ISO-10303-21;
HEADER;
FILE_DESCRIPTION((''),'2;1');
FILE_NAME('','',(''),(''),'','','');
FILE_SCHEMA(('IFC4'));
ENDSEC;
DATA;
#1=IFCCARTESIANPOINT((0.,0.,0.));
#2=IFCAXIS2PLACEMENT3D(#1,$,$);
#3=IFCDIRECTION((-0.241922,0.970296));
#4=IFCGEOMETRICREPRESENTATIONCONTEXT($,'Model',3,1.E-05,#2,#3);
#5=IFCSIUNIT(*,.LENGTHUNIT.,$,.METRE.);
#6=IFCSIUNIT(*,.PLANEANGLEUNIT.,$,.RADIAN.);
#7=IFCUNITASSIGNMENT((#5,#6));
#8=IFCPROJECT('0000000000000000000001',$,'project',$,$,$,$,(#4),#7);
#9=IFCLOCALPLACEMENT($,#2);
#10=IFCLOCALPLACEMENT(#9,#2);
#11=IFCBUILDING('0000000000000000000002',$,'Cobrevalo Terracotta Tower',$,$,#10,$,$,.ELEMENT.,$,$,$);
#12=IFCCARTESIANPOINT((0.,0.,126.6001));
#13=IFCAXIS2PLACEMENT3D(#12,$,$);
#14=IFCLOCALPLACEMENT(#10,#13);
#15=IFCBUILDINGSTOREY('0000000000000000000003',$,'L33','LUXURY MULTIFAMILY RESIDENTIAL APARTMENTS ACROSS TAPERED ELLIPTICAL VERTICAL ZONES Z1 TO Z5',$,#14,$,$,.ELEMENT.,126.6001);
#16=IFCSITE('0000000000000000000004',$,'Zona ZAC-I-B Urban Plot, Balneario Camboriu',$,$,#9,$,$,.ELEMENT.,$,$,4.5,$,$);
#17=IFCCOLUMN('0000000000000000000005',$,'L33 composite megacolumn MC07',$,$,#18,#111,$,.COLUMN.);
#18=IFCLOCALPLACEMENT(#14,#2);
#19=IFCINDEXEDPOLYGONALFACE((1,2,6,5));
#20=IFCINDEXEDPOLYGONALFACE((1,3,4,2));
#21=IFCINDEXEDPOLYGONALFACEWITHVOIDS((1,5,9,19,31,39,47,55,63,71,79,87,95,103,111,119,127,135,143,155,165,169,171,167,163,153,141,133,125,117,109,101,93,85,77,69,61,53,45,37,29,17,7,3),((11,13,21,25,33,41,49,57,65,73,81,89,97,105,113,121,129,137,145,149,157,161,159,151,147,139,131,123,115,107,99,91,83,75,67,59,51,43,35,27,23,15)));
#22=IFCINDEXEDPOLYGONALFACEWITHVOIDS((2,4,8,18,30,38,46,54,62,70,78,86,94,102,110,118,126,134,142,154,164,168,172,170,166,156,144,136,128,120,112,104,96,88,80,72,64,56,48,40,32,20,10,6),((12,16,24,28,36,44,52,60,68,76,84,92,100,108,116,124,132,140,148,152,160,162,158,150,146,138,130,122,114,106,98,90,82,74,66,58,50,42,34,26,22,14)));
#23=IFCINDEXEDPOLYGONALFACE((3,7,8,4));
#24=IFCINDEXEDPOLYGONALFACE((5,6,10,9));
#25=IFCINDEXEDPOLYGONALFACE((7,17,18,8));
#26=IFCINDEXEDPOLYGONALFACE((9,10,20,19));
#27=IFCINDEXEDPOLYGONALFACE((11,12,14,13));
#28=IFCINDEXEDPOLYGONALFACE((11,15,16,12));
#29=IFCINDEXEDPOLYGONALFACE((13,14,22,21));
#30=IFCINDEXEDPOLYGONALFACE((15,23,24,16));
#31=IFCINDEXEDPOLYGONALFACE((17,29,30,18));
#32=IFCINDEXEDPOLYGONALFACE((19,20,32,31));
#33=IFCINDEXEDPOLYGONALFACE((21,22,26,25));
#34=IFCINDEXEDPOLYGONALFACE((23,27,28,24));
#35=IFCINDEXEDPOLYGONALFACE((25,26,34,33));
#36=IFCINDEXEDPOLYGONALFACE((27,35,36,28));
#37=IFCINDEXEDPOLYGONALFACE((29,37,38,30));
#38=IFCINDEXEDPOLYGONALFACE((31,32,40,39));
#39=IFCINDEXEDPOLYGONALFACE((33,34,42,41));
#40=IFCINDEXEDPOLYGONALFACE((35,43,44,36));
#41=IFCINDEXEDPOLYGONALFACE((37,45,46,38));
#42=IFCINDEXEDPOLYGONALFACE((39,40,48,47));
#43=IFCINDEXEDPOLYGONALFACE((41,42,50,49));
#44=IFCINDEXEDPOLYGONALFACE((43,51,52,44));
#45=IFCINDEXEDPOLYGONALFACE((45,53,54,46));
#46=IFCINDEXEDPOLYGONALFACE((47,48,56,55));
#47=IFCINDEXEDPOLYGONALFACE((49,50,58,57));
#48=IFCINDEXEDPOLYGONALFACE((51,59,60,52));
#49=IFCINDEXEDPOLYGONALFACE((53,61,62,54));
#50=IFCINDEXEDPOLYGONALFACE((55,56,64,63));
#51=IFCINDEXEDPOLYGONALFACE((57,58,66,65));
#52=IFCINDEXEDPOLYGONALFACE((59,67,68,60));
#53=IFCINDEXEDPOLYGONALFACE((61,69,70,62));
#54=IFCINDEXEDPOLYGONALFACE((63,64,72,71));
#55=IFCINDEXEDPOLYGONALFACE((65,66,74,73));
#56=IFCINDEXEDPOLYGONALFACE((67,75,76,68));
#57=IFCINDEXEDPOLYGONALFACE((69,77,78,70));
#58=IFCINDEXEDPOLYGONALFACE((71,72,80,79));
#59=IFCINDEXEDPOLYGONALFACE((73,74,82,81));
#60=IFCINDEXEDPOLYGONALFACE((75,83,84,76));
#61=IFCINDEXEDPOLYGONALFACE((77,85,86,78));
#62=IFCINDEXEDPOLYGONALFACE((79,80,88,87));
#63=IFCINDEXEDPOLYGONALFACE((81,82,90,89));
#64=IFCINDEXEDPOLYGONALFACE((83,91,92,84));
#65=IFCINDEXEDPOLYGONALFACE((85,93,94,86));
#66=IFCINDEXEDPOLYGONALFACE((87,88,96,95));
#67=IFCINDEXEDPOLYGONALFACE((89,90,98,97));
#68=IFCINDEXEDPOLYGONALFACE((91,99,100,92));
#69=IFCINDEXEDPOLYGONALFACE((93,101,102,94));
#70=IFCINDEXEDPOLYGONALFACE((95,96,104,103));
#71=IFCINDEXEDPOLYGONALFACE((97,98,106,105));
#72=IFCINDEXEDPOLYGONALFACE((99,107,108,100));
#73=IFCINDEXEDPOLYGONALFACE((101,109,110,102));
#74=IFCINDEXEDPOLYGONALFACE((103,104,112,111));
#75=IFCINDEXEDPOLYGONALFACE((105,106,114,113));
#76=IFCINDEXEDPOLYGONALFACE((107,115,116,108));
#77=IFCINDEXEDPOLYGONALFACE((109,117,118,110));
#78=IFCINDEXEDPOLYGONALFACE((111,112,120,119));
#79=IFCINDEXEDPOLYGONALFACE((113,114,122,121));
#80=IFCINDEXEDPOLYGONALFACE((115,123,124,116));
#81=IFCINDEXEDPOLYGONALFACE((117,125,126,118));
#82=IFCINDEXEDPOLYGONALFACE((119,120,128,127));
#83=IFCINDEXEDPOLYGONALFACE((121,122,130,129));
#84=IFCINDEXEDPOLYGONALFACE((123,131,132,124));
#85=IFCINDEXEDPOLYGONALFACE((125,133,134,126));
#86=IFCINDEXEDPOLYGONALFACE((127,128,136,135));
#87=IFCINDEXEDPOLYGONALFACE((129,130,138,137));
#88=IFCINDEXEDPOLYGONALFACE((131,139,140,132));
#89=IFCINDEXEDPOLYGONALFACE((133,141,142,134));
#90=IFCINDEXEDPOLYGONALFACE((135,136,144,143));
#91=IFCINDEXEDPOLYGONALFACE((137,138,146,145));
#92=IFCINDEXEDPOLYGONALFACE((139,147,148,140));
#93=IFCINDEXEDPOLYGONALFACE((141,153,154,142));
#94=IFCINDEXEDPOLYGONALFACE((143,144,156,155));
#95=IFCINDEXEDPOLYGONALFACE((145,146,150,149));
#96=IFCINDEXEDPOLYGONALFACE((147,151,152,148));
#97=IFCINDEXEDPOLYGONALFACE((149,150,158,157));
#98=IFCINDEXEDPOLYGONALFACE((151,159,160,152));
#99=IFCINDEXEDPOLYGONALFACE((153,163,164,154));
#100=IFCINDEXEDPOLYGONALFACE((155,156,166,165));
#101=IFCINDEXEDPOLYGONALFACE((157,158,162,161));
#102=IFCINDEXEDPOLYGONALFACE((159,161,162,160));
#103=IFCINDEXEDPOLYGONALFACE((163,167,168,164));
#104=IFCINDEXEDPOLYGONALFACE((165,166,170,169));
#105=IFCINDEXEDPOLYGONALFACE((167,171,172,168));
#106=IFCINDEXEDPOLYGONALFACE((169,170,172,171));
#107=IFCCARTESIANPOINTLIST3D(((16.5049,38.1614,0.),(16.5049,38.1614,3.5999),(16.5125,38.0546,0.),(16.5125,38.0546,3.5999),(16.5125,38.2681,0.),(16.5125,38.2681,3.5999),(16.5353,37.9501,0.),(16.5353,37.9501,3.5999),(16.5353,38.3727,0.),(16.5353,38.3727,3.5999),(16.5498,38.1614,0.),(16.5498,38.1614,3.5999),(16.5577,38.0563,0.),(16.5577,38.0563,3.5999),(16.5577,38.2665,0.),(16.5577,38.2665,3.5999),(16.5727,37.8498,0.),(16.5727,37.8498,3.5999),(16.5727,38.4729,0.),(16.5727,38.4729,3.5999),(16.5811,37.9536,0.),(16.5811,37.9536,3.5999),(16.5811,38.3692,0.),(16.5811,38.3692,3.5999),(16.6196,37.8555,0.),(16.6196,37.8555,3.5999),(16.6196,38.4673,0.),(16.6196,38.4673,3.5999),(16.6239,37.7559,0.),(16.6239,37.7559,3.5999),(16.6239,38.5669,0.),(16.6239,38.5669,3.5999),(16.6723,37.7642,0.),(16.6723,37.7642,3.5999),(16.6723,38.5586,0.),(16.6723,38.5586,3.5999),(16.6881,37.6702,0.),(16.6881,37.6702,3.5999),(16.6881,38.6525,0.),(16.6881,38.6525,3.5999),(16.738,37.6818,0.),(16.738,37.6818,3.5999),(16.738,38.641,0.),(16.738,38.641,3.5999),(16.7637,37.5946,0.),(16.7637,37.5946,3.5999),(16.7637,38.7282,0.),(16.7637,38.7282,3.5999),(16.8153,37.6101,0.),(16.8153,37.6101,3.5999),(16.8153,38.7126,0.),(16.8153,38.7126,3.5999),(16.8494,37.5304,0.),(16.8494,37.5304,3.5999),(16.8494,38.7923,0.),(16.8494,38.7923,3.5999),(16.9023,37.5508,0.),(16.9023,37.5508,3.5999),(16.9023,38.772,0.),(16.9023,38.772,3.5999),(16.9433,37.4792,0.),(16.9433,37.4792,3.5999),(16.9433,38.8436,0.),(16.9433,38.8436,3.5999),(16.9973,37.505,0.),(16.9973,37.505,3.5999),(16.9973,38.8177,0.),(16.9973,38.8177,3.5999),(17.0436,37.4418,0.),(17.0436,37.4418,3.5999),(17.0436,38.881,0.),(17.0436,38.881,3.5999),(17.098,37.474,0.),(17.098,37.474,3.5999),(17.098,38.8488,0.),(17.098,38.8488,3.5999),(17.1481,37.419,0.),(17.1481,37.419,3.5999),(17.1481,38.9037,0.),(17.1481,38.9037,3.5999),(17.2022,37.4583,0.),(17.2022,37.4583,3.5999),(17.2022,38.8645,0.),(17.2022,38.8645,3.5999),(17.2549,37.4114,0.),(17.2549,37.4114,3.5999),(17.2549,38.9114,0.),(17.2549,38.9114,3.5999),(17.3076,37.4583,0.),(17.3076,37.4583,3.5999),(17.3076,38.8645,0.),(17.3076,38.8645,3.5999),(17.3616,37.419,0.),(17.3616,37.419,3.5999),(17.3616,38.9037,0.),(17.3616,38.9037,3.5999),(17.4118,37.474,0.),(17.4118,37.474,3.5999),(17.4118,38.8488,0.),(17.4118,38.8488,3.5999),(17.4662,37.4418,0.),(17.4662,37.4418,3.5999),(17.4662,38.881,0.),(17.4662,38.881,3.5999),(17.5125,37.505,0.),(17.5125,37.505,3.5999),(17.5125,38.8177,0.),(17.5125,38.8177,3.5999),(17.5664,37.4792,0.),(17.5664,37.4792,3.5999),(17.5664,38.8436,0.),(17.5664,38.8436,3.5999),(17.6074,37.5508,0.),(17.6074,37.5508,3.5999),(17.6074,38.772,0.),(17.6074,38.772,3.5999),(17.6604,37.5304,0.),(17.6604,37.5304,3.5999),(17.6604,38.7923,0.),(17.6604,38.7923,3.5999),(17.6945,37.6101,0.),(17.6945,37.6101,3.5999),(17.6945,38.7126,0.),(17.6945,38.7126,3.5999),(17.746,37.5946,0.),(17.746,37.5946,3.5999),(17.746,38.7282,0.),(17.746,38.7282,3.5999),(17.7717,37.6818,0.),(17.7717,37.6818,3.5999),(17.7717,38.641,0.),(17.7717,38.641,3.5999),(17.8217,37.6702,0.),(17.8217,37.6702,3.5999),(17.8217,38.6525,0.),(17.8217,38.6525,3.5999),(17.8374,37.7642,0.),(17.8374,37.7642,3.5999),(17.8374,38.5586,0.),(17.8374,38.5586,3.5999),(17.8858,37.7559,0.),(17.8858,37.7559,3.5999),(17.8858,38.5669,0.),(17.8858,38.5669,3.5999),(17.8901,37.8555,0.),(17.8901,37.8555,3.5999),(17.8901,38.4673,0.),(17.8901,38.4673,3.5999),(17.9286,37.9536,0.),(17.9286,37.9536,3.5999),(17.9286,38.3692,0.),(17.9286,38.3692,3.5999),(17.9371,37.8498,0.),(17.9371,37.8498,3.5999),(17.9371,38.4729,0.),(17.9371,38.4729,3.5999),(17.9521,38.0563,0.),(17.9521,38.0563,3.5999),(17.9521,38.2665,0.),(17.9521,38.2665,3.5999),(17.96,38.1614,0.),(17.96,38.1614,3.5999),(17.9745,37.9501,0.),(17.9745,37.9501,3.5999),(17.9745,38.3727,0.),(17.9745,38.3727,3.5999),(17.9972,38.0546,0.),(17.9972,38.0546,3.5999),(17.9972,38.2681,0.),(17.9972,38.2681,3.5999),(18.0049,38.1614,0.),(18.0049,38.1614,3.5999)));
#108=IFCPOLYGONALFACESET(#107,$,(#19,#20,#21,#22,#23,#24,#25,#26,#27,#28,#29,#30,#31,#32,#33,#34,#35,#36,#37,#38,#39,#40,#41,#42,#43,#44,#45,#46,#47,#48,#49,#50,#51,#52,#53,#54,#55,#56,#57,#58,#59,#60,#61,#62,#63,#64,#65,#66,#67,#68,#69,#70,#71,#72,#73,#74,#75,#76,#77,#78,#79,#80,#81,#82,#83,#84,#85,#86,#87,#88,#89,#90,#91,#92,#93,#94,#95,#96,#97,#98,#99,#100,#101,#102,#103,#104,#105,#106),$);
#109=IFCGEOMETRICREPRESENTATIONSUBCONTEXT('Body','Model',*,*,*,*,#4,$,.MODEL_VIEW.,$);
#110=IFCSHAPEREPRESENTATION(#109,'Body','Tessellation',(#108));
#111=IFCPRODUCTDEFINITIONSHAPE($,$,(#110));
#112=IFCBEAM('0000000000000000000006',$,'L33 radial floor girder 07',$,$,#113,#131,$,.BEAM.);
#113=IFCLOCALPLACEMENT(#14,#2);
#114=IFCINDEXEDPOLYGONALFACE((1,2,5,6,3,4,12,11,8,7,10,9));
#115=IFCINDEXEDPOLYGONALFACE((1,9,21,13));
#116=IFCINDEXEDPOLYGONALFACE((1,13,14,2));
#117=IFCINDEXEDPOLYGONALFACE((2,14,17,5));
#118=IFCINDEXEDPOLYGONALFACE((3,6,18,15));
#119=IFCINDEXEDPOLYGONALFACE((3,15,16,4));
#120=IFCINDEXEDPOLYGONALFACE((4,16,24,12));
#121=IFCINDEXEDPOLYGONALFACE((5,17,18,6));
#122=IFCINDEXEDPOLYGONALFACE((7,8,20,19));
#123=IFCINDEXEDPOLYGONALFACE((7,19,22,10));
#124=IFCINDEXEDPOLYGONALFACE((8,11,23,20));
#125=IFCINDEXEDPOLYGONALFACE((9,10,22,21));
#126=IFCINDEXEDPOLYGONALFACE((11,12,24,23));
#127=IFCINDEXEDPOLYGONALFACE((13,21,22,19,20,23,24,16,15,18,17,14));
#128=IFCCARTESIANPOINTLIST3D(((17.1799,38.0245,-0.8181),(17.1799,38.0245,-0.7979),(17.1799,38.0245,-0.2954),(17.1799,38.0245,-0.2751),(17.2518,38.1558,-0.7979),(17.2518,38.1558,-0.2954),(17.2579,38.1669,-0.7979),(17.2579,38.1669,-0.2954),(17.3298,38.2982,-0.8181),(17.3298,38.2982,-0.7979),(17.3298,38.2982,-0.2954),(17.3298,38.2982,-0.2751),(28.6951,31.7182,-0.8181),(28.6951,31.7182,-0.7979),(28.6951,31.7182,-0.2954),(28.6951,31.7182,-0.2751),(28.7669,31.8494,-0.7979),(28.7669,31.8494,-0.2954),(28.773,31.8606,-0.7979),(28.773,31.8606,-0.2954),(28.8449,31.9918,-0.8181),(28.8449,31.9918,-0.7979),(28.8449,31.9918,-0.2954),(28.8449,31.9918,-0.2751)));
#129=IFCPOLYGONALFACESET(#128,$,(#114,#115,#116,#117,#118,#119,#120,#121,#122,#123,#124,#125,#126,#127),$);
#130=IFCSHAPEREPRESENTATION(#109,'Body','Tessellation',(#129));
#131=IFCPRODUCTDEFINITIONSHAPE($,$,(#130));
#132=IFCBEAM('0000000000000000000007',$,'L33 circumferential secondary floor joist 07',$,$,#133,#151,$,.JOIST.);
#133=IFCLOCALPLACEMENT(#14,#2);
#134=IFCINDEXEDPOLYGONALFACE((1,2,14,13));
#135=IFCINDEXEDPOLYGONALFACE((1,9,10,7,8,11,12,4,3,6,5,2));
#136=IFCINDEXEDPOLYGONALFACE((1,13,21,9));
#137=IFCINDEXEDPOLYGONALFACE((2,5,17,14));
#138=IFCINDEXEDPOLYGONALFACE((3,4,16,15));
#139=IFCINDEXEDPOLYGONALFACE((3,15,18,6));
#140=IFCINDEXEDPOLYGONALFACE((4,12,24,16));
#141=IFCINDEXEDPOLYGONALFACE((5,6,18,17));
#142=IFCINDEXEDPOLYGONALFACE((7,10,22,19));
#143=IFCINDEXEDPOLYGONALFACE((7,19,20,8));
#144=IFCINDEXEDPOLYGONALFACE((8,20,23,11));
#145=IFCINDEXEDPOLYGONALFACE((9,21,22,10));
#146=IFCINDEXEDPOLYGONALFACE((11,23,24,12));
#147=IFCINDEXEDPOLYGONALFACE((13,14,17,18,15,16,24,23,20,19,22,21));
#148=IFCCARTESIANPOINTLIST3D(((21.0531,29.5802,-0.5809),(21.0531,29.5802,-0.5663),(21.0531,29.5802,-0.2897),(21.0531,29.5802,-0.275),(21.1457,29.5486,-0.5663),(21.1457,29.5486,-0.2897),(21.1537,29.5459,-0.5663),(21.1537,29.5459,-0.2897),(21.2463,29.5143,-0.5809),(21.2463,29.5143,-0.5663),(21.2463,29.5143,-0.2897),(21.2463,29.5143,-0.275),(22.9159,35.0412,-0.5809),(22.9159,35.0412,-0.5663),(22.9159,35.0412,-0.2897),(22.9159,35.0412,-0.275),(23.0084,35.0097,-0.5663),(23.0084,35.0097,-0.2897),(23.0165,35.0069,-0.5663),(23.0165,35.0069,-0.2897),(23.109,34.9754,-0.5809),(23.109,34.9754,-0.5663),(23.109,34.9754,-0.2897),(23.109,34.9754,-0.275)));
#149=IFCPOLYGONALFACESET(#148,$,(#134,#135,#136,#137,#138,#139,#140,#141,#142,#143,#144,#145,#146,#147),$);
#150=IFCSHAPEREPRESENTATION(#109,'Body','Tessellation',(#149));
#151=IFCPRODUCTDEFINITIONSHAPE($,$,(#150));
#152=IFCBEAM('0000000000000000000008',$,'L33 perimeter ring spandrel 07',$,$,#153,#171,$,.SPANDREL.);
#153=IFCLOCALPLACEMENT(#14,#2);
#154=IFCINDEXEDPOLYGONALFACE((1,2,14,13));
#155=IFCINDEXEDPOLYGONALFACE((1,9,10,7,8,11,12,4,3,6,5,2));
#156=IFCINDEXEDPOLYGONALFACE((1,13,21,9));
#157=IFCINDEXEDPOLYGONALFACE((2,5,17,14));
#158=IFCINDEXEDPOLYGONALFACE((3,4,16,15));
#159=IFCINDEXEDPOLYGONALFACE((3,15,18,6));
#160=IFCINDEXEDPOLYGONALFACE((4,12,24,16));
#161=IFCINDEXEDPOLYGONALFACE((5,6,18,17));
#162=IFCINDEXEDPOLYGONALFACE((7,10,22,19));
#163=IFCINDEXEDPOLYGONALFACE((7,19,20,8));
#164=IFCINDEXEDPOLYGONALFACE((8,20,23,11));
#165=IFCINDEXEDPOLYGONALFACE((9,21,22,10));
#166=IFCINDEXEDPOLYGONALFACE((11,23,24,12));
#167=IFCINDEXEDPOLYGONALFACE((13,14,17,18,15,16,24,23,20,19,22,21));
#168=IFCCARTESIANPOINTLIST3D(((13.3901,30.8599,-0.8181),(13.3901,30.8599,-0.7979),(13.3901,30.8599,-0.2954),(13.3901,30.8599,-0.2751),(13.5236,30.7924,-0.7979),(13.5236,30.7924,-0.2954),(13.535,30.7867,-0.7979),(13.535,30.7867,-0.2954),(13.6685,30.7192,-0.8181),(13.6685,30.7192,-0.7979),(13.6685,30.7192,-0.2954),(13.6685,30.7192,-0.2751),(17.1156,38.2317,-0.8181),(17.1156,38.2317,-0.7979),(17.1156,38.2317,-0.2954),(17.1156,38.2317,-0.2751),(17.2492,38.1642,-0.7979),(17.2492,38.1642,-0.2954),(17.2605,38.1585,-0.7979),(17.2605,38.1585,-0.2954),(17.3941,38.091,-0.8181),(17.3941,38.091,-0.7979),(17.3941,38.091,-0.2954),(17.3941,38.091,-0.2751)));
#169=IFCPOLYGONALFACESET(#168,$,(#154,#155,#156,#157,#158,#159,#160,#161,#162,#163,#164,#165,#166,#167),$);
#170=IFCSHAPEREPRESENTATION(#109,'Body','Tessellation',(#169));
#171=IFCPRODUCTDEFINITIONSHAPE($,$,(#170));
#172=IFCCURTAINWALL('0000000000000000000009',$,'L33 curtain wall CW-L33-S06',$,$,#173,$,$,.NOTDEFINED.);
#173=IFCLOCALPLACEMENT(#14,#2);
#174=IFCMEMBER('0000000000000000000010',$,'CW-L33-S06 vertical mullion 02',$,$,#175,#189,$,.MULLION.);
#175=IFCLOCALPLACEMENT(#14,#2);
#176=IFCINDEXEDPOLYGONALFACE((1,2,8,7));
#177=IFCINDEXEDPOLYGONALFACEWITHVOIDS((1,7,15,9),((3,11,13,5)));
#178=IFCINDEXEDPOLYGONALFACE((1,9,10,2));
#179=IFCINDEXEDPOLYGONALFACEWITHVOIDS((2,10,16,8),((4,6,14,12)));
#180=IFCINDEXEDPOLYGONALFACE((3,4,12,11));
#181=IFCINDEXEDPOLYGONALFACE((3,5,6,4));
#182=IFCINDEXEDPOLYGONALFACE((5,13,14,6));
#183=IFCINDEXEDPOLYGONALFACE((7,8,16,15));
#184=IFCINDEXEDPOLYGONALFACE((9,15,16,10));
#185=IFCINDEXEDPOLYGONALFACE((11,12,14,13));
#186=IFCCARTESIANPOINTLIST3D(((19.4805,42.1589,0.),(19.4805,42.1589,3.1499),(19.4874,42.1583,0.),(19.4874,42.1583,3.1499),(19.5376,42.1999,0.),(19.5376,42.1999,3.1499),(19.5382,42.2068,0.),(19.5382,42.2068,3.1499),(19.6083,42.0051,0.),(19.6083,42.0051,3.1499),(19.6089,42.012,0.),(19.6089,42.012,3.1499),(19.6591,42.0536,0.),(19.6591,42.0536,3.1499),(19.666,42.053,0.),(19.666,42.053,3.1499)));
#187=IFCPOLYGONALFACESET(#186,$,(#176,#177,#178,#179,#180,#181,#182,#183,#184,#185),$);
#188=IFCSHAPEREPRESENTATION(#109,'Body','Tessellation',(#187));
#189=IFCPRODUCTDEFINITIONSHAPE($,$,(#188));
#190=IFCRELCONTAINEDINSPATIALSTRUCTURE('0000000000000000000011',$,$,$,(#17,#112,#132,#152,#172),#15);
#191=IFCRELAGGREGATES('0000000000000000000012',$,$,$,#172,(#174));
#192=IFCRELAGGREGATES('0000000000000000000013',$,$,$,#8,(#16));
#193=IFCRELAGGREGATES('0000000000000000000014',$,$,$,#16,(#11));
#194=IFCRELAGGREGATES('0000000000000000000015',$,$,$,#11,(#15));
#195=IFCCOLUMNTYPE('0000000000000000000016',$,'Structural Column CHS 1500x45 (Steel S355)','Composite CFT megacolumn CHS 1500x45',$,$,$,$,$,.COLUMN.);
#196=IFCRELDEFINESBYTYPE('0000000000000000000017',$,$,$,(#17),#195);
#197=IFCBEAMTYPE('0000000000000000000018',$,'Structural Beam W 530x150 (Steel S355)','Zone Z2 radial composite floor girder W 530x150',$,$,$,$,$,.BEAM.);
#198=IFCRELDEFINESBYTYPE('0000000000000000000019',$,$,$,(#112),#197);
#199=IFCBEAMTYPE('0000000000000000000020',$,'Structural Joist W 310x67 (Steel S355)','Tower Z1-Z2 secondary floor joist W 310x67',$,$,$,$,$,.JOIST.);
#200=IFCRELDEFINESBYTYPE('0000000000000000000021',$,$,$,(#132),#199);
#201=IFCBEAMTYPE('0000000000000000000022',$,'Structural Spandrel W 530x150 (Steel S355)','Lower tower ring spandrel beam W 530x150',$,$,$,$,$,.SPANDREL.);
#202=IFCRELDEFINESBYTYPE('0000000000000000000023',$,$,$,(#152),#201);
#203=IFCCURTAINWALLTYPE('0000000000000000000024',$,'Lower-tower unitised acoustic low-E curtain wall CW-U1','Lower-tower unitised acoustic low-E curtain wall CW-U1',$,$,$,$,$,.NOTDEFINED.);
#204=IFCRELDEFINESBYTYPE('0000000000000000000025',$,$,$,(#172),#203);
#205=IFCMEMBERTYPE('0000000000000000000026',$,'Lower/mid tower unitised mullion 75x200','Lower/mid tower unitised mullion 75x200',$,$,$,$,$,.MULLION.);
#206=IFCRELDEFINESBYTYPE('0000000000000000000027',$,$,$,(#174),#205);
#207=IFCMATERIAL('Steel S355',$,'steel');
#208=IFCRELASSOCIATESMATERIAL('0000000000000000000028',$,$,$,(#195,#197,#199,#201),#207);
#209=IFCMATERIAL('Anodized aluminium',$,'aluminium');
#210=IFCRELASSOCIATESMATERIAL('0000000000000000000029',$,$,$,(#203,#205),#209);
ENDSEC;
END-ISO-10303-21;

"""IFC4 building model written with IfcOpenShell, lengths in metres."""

from ifc_helpers import new_model, si_unit, direction, frame, origin, origin_2d, place, context, subcontext, project, spatial, hollow_rectangle, hollow_circle, i_section, extrude, source, transform, mapped, material, material_profile, profile_set, type_object, element, aggregate, save


model = new_model("IFC4")

# Units and contexts
model_context = context("Model", 3, precision=1e-05, world=origin(), true_north=direction((-0.241922, 0.970296)))
body_context = subcontext(model_context, "Body", "Model", "MODEL_VIEW")
ifc_project = project(units=[si_unit("LENGTHUNIT", "METRE"), si_unit("PLANEANGLEUNIT", "RADIAN")], contexts=[model_context])

# Site, building, storey
site_placement = place(None, origin())
site = spatial("IfcSite", under=ifc_project, at=site_placement, Name="Zona ZAC-I-B Urban Plot, Balneario Camboriu", CompositionType="ELEMENT", RefElevation=4.5)
building_placement = place(site_placement, origin())
building = spatial("IfcBuilding", under=site, at=building_placement, Name="Cobrevalo Terracotta Tower", CompositionType="ELEMENT")
storey_placement = place(building_placement, frame((0.0, 0.0, 126.6001)))
storey = spatial("IfcBuildingStorey", under=building, at=storey_placement, Name="L33", Description="LUXURY MULTIFAMILY RESIDENTIAL APARTMENTS ACROSS TAPERED ELLIPTICAL VERTICAL ZONES Z1 TO Z5", CompositionType="ELEMENT", Elevation=126.6001)

# Column
ifc_material_1 = material(Name="Steel S355", Category="steel")
ifc_material_profile_1 = material_profile(ifc_material_1, hollow_circle(Radius=0.75, WallThickness=0.0449, at=origin_2d()), Name="CHS 1500x45")
ifc_profile_set_1 = profile_set([ifc_material_profile_1], Name="Steel S355")
column_type = type_object("IfcColumnType", Name="Structural Column CHS 1500x45 (Steel S355)", Description="Composite CFT megacolumn CHS 1500x45", PredefinedType="COLUMN", material=ifc_profile_set_1)
column_placement = place(storey_placement, frame((17.2549, 38.1614, 0.0), z_axis=(0.0, 0.0, 1.0), x_axis=(1.0, 0.0, 0.0)))
element("IfcColumn", 1, at=column_placement, inside=storey, type_object=column_type, Name="L33 composite megacolumn MC07", PredefinedType="COLUMN", context=body_context, shape_type="SweptSolid", body=[
    extrude(hollow_circle(Radius=0.75, WallThickness=0.0449, at=origin_2d()), origin(), (0.0, 0.0, 1.0), 3.5999),
])

# Beams
ifc_material_profile_2 = material_profile(ifc_material_1, i_section(OverallWidth=0.312, OverallDepth=0.543, WebThickness=0.0127, FlangeThickness=0.0203, at=origin_2d()), Name="W 530x150")
ifc_profile_set_2 = profile_set([ifc_material_profile_2], Name="Steel S355")
beam_type_1 = type_object("IfcBeamType", Name="Structural Beam W 530x150 (Steel S355)", Description="Zone Z2 radial composite floor girder W 530x150", PredefinedType="BEAM", material=ifc_profile_set_2)
beam_1_placement = place(storey_placement, frame((17.2549, 38.1614, -0.5466), z_axis=(0.877081, -0.480343, 0.0), x_axis=(0.480343, 0.877081, 0.0)))
element("IfcBeam", 2, at=beam_1_placement, inside=storey, type_object=beam_type_1, Name="L33 radial floor girder 07", PredefinedType="BEAM", context=body_context, shape_type="SweptSolid", body=[
    extrude(i_section(OverallWidth=0.312, OverallDepth=0.543, WebThickness=0.0127, FlangeThickness=0.0203, at=origin_2d()), origin(), (0.0, 0.0, 1.0), 13.1289),
])
ifc_material_profile_3 = material_profile(ifc_material_1, i_section(OverallWidth=0.2041, OverallDepth=0.3059, WebThickness=0.0085, FlangeThickness=0.0146, at=origin_2d()), Name="W 310x67")
ifc_profile_set_3 = profile_set([ifc_material_profile_3], Name="Steel S355")
beam_type_2 = type_object("IfcBeamType", Name="Structural Joist W 310x67 (Steel S355)", Description="Tower Z1-Z2 secondary floor joist W 310x67", PredefinedType="JOIST", material=ifc_profile_set_3)
beam_2_placement = place(storey_placement, frame((23.0125, 35.0083, -0.428), z_axis=(-0.322833, -0.946456, 0.0), x_axis=(0.946456, -0.322833, 0.0)))
element("IfcBeam", 3, at=beam_2_placement, inside=storey, type_object=beam_type_2, Name="L33 circumferential secondary floor joist 07", PredefinedType="JOIST", context=body_context, shape_type="SweptSolid", body=[
    extrude(i_section(OverallWidth=0.2041, OverallDepth=0.3059, WebThickness=0.0085, FlangeThickness=0.0146, at=origin_2d()), origin(), (0.0, 0.0, 1.0), 5.77),
])
ifc_material_profile_4 = material_profile(ifc_material_1, i_section(OverallWidth=0.312, OverallDepth=0.543, WebThickness=0.0127, FlangeThickness=0.0203, at=origin_2d()), Name="W 530x150")
ifc_profile_set_4 = profile_set([ifc_material_profile_4], Name="Steel S355")
beam_type_3 = type_object("IfcBeamType", Name="Structural Spandrel W 530x150 (Steel S355)", Description="Lower tower ring spandrel beam W 530x150", PredefinedType="SPANDREL", material=ifc_profile_set_4)
beam_3_placement = place(storey_placement, frame((17.2549, 38.1614, -0.5466), z_axis=(-0.451052, -0.892498, 0.0), x_axis=(0.892498, -0.451052, 0.0)))
element("IfcBeam", 4, at=beam_3_placement, inside=storey, type_object=beam_type_3, Name="L33 perimeter ring spandrel 07", PredefinedType="SPANDREL", context=body_context, shape_type="SweptSolid", body=[
    extrude(i_section(OverallWidth=0.312, OverallDepth=0.543, WebThickness=0.0127, FlangeThickness=0.0203, at=origin_2d()), origin(), (0.0, 0.0, 1.0), 8.2598),
])

# Curtain wall, member
ifc_material_2 = material(Name="Anodized aluminium", Category="aluminium")
curtain_wall_type = type_object("IfcCurtainWallType", Name="Lower-tower unitised acoustic low-E curtain wall CW-U1", Description="Lower-tower unitised acoustic low-E curtain wall CW-U1", PredefinedType="NOTDEFINED", material=ifc_material_2)
curtain_wall_1_placement = place(storey_placement, origin())
curtain_wall_1 = element("IfcCurtainWall", 5, at=curtain_wall_1_placement, inside=storey, type_object=curtain_wall_type, Name="L33 curtain wall CW-L33-S06", PredefinedType="NOTDEFINED")
ifc_material_profile_5 = material_profile(ifc_material_2, hollow_rectangle(XDim=0.075, YDim=0.2, WallThickness=0.0049, at=origin_2d()), Name="CWM 75x200")
ifc_profile_set_5 = profile_set([ifc_material_profile_5], Name="Anodized aluminium")
member_type_1 = type_object("IfcMemberType", Name="Lower/mid tower unitised mullion 75x200", Description="Lower/mid tower unitised mullion 75x200", PredefinedType="MULLION", material=ifc_profile_set_5)
shared_shape_1 = source(origin(), body_context, "Body", "SweptSolid", [
    extrude(hollow_rectangle(XDim=0.075, YDim=0.2, WallThickness=0.0049, at=origin_2d()), origin(), (0.0, 0.0, 1.0), 3.1499),
])
member_1_placement = place(storey_placement, frame((19.5732, 42.106, 0.0), z_axis=(0.0, 0.0, 1.0), x_axis=(-0.769243, -0.638956, 0.0)))
member_1 = element("IfcMember", 6, at=member_1_placement, type_object=member_type_1, Name="CW-L33-S06 vertical mullion 02", PredefinedType="MULLION", context=body_context, shape_type="MappedRepresentation", body=[
    mapped(shared_shape_1, transform((0.0, 0.0, 0.0), scale=1.0)),
])

aggregate(curtain_wall_1, [member_1])

save(model, "model.ifc")
